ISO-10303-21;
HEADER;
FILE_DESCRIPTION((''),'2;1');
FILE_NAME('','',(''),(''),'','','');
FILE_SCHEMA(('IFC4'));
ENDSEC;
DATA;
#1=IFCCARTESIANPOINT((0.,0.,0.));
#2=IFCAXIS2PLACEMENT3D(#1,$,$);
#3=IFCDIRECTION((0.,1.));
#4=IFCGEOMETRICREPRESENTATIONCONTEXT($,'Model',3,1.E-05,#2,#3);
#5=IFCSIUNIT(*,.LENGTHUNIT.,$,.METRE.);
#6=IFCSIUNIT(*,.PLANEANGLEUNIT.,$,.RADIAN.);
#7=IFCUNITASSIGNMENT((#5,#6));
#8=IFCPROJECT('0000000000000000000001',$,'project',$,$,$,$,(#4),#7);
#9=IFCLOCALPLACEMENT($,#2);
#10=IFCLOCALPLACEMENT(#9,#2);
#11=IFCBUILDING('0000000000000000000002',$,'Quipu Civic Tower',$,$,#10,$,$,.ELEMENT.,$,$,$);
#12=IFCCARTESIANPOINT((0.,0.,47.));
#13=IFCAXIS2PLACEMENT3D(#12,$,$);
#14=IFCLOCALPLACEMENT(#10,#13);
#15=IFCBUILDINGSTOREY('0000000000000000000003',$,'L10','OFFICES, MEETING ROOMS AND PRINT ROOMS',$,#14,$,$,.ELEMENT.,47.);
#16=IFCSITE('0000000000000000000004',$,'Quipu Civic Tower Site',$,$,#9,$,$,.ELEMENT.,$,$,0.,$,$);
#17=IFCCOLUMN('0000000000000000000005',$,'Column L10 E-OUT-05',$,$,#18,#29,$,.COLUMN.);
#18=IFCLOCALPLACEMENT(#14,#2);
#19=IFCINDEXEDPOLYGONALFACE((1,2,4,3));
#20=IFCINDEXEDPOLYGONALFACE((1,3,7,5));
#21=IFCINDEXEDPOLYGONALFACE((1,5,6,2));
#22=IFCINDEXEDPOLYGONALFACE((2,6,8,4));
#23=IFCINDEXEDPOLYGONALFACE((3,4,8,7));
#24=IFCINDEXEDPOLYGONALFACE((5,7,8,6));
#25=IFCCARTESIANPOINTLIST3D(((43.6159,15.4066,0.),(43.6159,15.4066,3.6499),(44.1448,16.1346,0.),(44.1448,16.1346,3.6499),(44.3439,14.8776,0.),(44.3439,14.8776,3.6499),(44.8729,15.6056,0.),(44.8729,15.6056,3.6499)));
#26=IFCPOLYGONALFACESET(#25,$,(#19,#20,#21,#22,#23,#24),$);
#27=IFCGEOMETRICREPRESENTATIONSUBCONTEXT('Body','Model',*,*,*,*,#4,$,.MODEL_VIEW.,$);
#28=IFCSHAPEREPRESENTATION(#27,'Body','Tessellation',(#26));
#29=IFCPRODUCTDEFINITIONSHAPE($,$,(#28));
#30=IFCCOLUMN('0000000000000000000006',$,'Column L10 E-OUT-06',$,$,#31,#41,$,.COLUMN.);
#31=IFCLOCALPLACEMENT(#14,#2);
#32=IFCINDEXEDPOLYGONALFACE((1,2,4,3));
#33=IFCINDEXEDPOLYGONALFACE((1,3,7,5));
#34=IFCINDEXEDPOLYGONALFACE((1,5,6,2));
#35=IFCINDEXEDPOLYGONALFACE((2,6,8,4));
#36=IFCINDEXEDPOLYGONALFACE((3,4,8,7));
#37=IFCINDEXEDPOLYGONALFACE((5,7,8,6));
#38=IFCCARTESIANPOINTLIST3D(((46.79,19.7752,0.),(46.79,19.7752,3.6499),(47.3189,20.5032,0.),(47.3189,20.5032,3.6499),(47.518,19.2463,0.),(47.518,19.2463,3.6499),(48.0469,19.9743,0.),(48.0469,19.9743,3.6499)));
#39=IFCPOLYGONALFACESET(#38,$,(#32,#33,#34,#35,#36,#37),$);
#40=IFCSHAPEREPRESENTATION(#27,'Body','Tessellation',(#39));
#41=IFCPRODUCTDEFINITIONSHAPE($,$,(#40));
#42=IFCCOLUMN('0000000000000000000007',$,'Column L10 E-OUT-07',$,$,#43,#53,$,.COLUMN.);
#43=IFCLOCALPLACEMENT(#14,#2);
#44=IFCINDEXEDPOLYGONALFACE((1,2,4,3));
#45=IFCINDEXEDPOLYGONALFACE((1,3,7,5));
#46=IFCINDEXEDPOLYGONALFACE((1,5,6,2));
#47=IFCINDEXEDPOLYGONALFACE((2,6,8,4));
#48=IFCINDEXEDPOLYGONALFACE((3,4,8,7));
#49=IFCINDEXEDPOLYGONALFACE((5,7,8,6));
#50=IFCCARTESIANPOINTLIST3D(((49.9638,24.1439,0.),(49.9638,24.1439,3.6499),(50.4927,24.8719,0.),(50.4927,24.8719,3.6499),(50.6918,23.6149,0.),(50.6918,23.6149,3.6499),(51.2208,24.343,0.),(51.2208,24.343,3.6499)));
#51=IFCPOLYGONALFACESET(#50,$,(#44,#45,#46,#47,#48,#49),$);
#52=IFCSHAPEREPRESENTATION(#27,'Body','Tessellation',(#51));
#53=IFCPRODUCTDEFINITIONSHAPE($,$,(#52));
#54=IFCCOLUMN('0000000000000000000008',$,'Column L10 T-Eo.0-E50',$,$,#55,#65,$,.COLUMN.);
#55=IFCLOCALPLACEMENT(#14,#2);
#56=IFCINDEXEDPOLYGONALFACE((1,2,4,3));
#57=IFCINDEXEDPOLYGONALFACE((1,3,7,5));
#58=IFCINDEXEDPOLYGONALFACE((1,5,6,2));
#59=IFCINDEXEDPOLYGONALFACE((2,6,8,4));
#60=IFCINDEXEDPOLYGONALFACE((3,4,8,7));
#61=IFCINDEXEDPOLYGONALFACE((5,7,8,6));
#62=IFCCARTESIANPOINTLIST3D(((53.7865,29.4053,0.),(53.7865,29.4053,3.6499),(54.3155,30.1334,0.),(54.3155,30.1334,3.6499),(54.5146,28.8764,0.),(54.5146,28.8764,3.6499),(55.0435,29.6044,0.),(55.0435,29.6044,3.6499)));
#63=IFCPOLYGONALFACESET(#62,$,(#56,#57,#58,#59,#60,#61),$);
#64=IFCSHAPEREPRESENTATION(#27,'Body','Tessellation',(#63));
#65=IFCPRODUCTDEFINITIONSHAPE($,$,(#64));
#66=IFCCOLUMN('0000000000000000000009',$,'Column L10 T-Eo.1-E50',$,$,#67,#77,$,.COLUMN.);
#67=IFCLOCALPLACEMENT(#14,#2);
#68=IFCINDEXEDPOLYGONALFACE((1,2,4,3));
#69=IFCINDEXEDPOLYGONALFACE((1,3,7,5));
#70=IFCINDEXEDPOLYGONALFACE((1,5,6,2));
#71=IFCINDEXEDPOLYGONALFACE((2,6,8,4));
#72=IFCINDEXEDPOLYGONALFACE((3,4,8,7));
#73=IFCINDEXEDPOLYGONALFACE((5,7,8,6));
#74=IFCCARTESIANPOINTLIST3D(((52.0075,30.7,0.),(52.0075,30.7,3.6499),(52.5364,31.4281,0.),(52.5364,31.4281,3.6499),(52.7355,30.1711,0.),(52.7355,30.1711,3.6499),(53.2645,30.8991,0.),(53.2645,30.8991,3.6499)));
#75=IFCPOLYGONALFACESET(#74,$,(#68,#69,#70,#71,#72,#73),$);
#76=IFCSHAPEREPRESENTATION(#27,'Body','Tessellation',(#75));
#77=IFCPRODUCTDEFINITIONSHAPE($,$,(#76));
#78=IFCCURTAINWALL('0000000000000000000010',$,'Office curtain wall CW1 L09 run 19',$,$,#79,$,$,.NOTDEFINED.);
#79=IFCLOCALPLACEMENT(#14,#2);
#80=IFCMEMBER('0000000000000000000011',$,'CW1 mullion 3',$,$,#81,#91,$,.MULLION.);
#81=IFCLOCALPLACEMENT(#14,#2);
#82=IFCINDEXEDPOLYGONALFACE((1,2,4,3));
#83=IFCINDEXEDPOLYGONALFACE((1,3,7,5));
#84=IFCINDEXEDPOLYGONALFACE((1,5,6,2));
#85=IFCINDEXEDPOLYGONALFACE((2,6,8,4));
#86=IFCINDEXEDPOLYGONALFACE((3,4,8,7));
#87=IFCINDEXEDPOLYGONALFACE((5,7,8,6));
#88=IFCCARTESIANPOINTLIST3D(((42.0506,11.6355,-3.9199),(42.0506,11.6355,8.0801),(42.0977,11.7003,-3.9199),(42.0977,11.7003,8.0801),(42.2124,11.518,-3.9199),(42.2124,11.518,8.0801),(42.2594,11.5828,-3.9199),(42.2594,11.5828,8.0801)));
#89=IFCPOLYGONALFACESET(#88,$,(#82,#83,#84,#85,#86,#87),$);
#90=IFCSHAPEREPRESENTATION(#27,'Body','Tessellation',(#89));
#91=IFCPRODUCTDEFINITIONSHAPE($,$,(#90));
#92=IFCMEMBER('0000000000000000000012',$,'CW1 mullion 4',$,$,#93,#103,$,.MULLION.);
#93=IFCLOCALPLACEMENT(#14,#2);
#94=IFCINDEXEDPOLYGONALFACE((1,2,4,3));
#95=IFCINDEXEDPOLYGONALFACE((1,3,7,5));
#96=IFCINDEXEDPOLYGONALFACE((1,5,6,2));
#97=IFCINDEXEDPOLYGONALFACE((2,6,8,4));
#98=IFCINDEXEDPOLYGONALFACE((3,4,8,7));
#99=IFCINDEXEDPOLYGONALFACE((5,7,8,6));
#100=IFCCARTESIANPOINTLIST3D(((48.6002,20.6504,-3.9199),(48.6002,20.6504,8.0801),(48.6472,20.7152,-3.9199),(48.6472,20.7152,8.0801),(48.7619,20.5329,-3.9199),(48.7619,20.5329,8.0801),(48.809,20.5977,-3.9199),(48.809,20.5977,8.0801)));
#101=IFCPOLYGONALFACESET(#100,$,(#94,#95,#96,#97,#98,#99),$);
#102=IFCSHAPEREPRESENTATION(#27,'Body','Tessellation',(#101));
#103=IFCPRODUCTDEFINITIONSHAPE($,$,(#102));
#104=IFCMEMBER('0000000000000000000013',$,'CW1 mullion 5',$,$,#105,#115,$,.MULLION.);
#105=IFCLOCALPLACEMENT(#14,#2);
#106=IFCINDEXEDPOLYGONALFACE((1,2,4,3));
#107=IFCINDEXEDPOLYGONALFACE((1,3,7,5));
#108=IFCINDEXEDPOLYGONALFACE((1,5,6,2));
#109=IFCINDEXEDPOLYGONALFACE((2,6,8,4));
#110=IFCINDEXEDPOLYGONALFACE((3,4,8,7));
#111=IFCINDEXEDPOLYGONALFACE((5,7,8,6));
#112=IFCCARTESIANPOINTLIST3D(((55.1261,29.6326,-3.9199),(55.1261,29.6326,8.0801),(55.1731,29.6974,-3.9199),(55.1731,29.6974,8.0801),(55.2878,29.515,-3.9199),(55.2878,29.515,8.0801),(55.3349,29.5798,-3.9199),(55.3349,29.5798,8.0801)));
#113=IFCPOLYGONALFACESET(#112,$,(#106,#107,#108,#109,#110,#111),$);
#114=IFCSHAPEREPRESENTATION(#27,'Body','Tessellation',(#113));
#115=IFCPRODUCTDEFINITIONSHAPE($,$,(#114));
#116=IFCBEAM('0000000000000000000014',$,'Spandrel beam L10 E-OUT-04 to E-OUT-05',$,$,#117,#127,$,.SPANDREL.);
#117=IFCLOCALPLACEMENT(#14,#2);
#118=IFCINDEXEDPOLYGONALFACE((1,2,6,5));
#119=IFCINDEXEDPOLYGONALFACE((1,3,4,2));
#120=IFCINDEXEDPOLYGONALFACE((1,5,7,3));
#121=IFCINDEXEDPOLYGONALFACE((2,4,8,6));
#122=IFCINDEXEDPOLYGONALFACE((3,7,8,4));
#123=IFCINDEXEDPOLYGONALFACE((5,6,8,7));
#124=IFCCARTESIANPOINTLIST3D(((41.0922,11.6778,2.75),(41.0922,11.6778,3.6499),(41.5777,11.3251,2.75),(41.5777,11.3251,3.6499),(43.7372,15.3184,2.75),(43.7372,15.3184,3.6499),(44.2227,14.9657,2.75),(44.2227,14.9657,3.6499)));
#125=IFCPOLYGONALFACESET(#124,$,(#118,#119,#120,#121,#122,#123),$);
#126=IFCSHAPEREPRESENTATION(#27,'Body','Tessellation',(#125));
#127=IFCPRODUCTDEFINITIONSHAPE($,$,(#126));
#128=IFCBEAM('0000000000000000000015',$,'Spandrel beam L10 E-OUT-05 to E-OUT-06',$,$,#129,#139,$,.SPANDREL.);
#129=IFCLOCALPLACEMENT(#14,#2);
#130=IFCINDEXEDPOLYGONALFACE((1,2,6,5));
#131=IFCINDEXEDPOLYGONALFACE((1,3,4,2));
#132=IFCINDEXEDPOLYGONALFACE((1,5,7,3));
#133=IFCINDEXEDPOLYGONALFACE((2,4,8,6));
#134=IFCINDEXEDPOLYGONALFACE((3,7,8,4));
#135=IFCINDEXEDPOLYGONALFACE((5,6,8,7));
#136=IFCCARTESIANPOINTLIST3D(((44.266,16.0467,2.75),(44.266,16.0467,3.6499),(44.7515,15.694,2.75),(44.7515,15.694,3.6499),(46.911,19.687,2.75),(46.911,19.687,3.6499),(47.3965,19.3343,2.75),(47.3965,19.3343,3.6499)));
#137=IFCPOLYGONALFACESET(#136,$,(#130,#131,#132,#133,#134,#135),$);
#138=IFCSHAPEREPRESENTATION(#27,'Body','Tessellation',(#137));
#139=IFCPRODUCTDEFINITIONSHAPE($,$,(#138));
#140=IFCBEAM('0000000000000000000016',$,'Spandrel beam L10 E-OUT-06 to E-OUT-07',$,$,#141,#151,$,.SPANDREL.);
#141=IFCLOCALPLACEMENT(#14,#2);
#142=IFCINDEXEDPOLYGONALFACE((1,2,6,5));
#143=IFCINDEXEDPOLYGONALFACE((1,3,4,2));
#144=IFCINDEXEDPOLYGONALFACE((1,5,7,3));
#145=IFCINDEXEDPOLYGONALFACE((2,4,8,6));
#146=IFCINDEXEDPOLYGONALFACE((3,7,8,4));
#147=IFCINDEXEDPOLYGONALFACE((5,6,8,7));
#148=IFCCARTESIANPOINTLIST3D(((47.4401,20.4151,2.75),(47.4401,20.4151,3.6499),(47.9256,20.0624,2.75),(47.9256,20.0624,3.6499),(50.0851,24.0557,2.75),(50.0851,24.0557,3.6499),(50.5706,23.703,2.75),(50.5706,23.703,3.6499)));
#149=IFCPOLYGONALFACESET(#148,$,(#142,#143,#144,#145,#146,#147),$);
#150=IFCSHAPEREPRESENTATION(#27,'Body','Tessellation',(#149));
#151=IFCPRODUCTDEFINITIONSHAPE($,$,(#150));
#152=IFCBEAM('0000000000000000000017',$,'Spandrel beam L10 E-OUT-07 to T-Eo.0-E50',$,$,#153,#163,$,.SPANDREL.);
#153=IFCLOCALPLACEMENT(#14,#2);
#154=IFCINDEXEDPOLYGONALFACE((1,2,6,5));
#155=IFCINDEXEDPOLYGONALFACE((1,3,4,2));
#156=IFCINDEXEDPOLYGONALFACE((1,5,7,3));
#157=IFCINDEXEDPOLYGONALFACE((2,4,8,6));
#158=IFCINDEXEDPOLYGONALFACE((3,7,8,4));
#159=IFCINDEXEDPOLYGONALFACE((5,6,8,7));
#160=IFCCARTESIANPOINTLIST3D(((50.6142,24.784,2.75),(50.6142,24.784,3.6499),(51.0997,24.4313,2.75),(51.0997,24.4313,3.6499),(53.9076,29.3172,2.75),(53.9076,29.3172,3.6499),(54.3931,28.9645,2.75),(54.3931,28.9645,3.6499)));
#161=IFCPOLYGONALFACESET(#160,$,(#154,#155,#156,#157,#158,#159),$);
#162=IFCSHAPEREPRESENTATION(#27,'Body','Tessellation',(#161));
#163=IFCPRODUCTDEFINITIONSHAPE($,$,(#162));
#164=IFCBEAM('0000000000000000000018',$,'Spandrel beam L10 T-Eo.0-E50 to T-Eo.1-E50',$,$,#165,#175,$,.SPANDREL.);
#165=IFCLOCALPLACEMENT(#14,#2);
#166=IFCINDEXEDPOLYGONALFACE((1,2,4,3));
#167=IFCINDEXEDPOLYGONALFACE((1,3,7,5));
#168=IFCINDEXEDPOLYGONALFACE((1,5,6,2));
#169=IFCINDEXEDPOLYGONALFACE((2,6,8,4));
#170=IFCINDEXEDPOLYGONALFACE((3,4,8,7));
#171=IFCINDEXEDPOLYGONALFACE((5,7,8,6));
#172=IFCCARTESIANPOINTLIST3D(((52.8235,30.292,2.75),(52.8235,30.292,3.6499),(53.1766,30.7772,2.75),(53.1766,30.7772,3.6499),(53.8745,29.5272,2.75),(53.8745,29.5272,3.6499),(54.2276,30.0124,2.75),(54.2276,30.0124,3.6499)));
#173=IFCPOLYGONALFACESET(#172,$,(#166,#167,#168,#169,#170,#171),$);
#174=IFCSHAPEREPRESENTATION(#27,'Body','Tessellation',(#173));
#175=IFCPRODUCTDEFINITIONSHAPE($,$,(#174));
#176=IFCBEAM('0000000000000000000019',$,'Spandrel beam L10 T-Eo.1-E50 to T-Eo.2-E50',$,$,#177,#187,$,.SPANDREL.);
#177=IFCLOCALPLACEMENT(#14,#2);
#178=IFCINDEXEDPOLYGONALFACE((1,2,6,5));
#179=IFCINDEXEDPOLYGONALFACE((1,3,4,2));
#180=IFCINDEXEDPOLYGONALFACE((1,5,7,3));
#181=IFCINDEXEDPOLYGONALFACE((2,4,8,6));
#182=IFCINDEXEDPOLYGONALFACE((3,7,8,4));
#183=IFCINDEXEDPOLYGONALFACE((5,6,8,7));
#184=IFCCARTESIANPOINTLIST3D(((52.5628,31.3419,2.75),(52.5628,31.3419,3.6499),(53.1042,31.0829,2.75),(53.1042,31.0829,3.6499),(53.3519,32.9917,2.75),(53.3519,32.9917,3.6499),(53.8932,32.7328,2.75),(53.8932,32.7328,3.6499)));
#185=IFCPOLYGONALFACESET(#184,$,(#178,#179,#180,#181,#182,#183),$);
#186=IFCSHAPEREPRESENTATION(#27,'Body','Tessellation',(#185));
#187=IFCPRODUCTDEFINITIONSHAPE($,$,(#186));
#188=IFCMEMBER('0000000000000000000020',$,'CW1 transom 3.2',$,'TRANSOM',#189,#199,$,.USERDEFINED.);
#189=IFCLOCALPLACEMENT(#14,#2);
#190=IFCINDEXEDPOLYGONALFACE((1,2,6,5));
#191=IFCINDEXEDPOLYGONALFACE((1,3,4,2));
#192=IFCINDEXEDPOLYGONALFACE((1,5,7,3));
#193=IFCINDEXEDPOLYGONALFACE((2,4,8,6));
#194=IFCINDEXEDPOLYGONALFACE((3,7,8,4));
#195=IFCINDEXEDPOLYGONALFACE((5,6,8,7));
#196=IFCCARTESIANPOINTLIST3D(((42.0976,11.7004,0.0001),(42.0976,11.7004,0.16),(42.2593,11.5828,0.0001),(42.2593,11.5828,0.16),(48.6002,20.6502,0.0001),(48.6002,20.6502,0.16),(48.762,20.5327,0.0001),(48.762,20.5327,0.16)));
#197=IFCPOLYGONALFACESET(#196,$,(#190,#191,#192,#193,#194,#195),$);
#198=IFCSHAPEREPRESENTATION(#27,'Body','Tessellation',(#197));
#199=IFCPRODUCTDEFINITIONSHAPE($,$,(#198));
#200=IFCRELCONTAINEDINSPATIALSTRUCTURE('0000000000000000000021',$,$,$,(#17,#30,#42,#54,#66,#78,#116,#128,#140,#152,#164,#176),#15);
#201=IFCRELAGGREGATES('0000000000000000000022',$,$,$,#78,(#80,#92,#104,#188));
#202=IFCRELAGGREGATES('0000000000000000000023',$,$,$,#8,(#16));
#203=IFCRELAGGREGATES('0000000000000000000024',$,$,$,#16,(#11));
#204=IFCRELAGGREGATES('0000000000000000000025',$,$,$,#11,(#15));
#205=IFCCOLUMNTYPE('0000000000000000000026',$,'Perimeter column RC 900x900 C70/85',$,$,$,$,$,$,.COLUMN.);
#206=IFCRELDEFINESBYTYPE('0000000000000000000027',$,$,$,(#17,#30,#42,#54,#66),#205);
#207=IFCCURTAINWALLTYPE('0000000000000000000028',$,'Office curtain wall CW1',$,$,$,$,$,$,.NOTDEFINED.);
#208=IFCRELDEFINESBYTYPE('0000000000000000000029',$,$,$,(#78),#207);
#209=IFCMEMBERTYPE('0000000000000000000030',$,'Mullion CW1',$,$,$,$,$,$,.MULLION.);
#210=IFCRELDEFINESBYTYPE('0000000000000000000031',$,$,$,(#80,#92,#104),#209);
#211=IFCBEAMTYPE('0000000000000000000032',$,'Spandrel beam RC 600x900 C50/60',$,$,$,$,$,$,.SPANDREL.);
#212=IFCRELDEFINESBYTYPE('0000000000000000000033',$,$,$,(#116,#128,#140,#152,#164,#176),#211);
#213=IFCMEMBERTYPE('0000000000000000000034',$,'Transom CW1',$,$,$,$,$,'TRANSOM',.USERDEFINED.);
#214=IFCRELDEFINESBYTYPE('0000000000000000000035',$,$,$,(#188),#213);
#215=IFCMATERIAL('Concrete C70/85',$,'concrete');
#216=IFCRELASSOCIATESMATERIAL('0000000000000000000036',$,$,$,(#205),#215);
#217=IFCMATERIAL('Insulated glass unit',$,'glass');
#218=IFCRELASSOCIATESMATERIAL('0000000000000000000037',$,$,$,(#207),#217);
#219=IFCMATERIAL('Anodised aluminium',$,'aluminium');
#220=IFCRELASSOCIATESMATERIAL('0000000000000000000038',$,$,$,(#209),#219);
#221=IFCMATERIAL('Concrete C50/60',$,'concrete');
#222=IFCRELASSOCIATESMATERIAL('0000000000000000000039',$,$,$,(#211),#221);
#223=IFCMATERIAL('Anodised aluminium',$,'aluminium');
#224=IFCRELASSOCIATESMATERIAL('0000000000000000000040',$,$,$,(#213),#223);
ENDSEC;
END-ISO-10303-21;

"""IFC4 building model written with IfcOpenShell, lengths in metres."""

from ifc_helpers import new_model, si_unit, direction, frame, origin, origin_2d, place, context, subcontext, project, spatial, rectangle, extrude, material, material_profile, profile_set, type_object, element, aggregate, save


model = new_model("IFC4")

# Units and contexts
model_context = context("Model", 3, precision=1e-05, world=origin(), true_north=direction((0.0, 1.0)))
body_context = subcontext(model_context, "Body", "Model", "MODEL_VIEW")
ifc_project = project(units=[si_unit("LENGTHUNIT", "METRE"), si_unit("PLANEANGLEUNIT", "RADIAN")], contexts=[model_context])

# Site, building, storey
site_placement = place(None, origin())
site = spatial("IfcSite", under=ifc_project, at=site_placement, Name="Quipu Civic Tower Site", CompositionType="ELEMENT", RefElevation=0.0)
building_placement = place(site_placement, origin())
building = spatial("IfcBuilding", under=site, at=building_placement, Name="Quipu Civic Tower", CompositionType="ELEMENT")
storey_placement = place(building_placement, frame((0.0, 0.0, 47.0)))
storey = spatial("IfcBuildingStorey", under=building, at=storey_placement, Name="L10", Description="OFFICES, MEETING ROOMS AND PRINT ROOMS", CompositionType="ELEMENT", Elevation=47.0)

# Columns
ifc_material_1 = material(Name="Concrete C70/85", Category="concrete")
ifc_material_profile_1 = material_profile(ifc_material_1, rectangle(XDim=0.8999, YDim=0.8999, at=origin_2d()), Name="RC900x900")
ifc_profile_set_1 = profile_set([ifc_material_profile_1], Name="Concrete C70/85")
column_type = type_object("IfcColumnType", Name="Perimeter column RC 900x900 C70/85", PredefinedType="COLUMN", material=ifc_profile_set_1)
for number, where, z_axis, x_axis, name in (
    (1, (44.2444, 15.5061, 0.0), (0.0, 0.0, 1.0), (0.587785, 0.809017, 0.0), "Column L10 E-OUT-05"),
    (2, (47.4185, 19.8748, 0.0), (0.0, 0.0, 1.0), (0.587785, 0.809017, 0.0), "Column L10 E-OUT-06"),
    (3, (50.5923, 24.2434, 0.0), (0.0, 0.0, 1.0), (0.587785, 0.809017, 0.0), "Column L10 E-OUT-07"),
    (4, (54.415, 29.5049, 0.0), (0.0, 0.0, 1.0), (0.587785, 0.809017, 0.0), "Column L10 T-Eo.0-E50"),
    (5, (52.636, 30.7996, 0.0), (0.0, 0.0, 1.0), (-0.809017, 0.587785, 0.0), "Column L10 T-Eo.1-E50"),
):
    element("IfcColumn", number, at=place(storey_placement, frame(where, z_axis=z_axis, x_axis=x_axis)), inside=storey, type_object=column_type, Name=name, PredefinedType="COLUMN", context=body_context, shape_type="SweptSolid", body=[
        extrude(rectangle(XDim=0.8999, YDim=0.8999, at=origin_2d()), origin(), (0.0, 0.0, 1.0), 3.6499),
    ])

# Curtain wall, members
ifc_material_2 = material(Name="Insulated glass unit", Category="glass")
curtain_wall_type = type_object("IfcCurtainWallType", Name="Office curtain wall CW1", PredefinedType="NOTDEFINED", material=ifc_material_2)
curtain_wall_placement = place(storey_placement, origin())
curtain_wall = element("IfcCurtainWall", 6, at=curtain_wall_placement, inside=storey, type_object=curtain_wall_type, Name="Office curtain wall CW1 L09 run 19", PredefinedType="NOTDEFINED")
ifc_material_3 = material(Name="Anodised aluminium", Category="aluminium")
ifc_material_profile_2 = material_profile(ifc_material_3, rectangle(XDim=0.2, YDim=0.0801, at=origin_2d()), Name="RECT 200x80")
ifc_profile_set_2 = profile_set([ifc_material_profile_2], Name="Anodised aluminium")
member_type_1 = type_object("IfcMemberType", Name="Mullion CW1", PredefinedType="MULLION", material=ifc_profile_set_2)
member_1_placement = place(storey_placement, frame((42.155, 11.6091, -3.9199), z_axis=(0.0, 0.0, 1.0), x_axis=(-0.809017, 0.587786, 0.0)))
member_1 = element("IfcMember", 7, at=member_1_placement, type_object=member_type_1, Name="CW1 mullion 3", PredefinedType="MULLION", context=body_context, shape_type="SweptSolid", body=[
    extrude(rectangle(XDim=0.2, YDim=0.0801, at=origin_2d()), origin(), (0.0, 0.0, 1.0), 12.0),
])
member_2_placement = place(storey_placement, frame((48.7046, 20.624, -3.9199), z_axis=(0.0, 0.0, 1.0), x_axis=(-0.809017, 0.587786, 0.0)))
member_2 = element("IfcMember", 8, at=member_2_placement, type_object=member_type_1, Name="CW1 mullion 4", PredefinedType="MULLION", context=body_context, shape_type="SweptSolid", body=[
    extrude(rectangle(XDim=0.2, YDim=0.0801, at=origin_2d()), origin(), (0.0, 0.0, 1.0), 12.0),
])
member_3_placement = place(storey_placement, frame((55.2305, 29.6062, -3.9199), z_axis=(0.0, 0.0, 1.0), x_axis=(-0.809017, 0.587786, 0.0)))
member_3 = element("IfcMember", 9, at=member_3_placement, type_object=member_type_1, Name="CW1 mullion 5", PredefinedType="MULLION", context=body_context, shape_type="SweptSolid", body=[
    extrude(rectangle(XDim=0.2, YDim=0.0801, at=origin_2d()), origin(), (0.0, 0.0, 1.0), 12.0),
])

# Beams
ifc_material_4 = material(Name="Concrete C50/60", Category="concrete")
ifc_material_profile_3 = material_profile(ifc_material_4, rectangle(XDim=0.6001, YDim=0.8999, at=origin_2d()), Name="RC600x900")
ifc_profile_set_3 = profile_set([ifc_material_profile_3], Name="Concrete C50/60")
beam_type = type_object("IfcBeamType", Name="Spandrel beam RC 600x900 C50/60", PredefinedType="SPANDREL", material=ifc_profile_set_3)
beam_1_placement = place(storey_placement, frame((41.335, 11.5015, 3.2), z_axis=(0.587778, 0.809022, 0.0), x_axis=(-0.809022, 0.587778, 0.0)))
element("IfcBeam", 10, at=beam_1_placement, inside=storey, type_object=beam_type, Name="Spandrel beam L10 E-OUT-04 to E-OUT-05", PredefinedType="SPANDREL", context=body_context, shape_type="SweptSolid", body=[
    extrude(rectangle(XDim=0.6001, YDim=0.8999, at=origin_2d()), origin(), (0.0, 0.0, 1.0), 4.5),
])
beam_2_placement = place(storey_placement, frame((44.5088, 15.8704, 3.2), z_axis=(0.587804, 0.809003, 0.0), x_axis=(-0.809003, 0.587804, 0.0)))
element("IfcBeam", 11, at=beam_2_placement, inside=storey, type_object=beam_type, Name="Spandrel beam L10 E-OUT-05 to E-OUT-06", PredefinedType="SPANDREL", context=body_context, shape_type="SweptSolid", body=[
    extrude(rectangle(XDim=0.6001, YDim=0.8999, at=origin_2d()), origin(), (0.0, 0.0, 1.0), 4.4998),
])
beam_3_placement = place(storey_placement, frame((47.6829, 20.2388, 3.2), z_axis=(0.587778, 0.809022, 0.0), x_axis=(-0.809022, 0.587778, 0.0)))
element("IfcBeam", 12, at=beam_3_placement, inside=storey, type_object=beam_type, Name="Spandrel beam L10 E-OUT-06 to E-OUT-07", PredefinedType="SPANDREL", context=body_context, shape_type="SweptSolid", body=[
    extrude(rectangle(XDim=0.6001, YDim=0.8999, at=origin_2d()), origin(), (0.0, 0.0, 1.0), 4.5),
])
beam_4_placement = place(storey_placement, frame((50.8569, 24.6077, 3.2), z_axis=(0.587773, 0.809026, 0.0), x_axis=(-0.809026, 0.587773, 0.0)))
element("IfcBeam", 13, at=beam_4_placement, inside=storey, type_object=beam_type, Name="Spandrel beam L10 E-OUT-07 to T-Eo.0-E50", PredefinedType="SPANDREL", context=body_context, shape_type="SweptSolid", body=[
    extrude(rectangle(XDim=0.6001, YDim=0.8999, at=origin_2d()), origin(), (0.0, 0.0, 1.0), 5.6033),
])
beam_5_placement = place(storey_placement, frame((54.051, 29.7698, 3.2), z_axis=(-0.808549, 0.588429, 0.0), x_axis=(-0.588429, -0.808549, 0.0)))
element("IfcBeam", 14, at=beam_5_placement, inside=storey, type_object=beam_type, Name="Spandrel beam L10 T-Eo.0-E50 to T-Eo.1-E50", PredefinedType="SPANDREL", context=body_context, shape_type="SweptSolid", body=[
    extrude(rectangle(XDim=0.6001, YDim=0.8999, at=origin_2d()), origin(), (0.0, 0.0, 1.0), 1.2998),
])
beam_6_placement = place(storey_placement, frame((52.8335, 31.2124, 3.2), z_axis=(0.431446, 0.902139, 0.0), x_axis=(-0.902139, 0.431446, 0.0)))
element("IfcBeam", 15, at=beam_6_placement, inside=storey, type_object=beam_type, Name="Spandrel beam L10 T-Eo.1-E50 to T-Eo.2-E50", PredefinedType="SPANDREL", context=body_context, shape_type="SweptSolid", body=[
    extrude(rectangle(XDim=0.6001, YDim=0.8999, at=origin_2d()), origin(), (0.0, 0.0, 1.0), 1.8289),
])

# Member
ifc_material_5 = material(Name="Anodised aluminium", Category="aluminium")
ifc_material_profile_4 = material_profile(ifc_material_5, rectangle(XDim=0.2, YDim=0.1599, at=origin_2d()), Name="RECT 200x160")
ifc_profile_set_4 = profile_set([ifc_material_profile_4], Name="Anodised aluminium")
member_type_2 = type_object("IfcMemberType", Name="Transom CW1", ElementType="TRANSOM", PredefinedType="USERDEFINED", material=ifc_profile_set_4)
member_4_placement = place(storey_placement, frame((42.1785, 11.6416, 0.0801), z_axis=(0.587795, 0.80901, 0.0), x_axis=(-0.80901, 0.587795, 0.0)))
member_4 = element("IfcMember", 16, at=member_4_placement, type_object=member_type_2, Name="CW1 transom 3.2", ObjectType="TRANSOM", PredefinedType="USERDEFINED", context=body_context, shape_type="SweptSolid", body=[
    extrude(rectangle(XDim=0.2, YDim=0.1599, at=origin_2d()), origin(), (0.0, 0.0, 1.0), 11.0627),
])

aggregate(curtain_wall, [member_1, member_2, member_3, member_4])

save(model, "model.ifc")
